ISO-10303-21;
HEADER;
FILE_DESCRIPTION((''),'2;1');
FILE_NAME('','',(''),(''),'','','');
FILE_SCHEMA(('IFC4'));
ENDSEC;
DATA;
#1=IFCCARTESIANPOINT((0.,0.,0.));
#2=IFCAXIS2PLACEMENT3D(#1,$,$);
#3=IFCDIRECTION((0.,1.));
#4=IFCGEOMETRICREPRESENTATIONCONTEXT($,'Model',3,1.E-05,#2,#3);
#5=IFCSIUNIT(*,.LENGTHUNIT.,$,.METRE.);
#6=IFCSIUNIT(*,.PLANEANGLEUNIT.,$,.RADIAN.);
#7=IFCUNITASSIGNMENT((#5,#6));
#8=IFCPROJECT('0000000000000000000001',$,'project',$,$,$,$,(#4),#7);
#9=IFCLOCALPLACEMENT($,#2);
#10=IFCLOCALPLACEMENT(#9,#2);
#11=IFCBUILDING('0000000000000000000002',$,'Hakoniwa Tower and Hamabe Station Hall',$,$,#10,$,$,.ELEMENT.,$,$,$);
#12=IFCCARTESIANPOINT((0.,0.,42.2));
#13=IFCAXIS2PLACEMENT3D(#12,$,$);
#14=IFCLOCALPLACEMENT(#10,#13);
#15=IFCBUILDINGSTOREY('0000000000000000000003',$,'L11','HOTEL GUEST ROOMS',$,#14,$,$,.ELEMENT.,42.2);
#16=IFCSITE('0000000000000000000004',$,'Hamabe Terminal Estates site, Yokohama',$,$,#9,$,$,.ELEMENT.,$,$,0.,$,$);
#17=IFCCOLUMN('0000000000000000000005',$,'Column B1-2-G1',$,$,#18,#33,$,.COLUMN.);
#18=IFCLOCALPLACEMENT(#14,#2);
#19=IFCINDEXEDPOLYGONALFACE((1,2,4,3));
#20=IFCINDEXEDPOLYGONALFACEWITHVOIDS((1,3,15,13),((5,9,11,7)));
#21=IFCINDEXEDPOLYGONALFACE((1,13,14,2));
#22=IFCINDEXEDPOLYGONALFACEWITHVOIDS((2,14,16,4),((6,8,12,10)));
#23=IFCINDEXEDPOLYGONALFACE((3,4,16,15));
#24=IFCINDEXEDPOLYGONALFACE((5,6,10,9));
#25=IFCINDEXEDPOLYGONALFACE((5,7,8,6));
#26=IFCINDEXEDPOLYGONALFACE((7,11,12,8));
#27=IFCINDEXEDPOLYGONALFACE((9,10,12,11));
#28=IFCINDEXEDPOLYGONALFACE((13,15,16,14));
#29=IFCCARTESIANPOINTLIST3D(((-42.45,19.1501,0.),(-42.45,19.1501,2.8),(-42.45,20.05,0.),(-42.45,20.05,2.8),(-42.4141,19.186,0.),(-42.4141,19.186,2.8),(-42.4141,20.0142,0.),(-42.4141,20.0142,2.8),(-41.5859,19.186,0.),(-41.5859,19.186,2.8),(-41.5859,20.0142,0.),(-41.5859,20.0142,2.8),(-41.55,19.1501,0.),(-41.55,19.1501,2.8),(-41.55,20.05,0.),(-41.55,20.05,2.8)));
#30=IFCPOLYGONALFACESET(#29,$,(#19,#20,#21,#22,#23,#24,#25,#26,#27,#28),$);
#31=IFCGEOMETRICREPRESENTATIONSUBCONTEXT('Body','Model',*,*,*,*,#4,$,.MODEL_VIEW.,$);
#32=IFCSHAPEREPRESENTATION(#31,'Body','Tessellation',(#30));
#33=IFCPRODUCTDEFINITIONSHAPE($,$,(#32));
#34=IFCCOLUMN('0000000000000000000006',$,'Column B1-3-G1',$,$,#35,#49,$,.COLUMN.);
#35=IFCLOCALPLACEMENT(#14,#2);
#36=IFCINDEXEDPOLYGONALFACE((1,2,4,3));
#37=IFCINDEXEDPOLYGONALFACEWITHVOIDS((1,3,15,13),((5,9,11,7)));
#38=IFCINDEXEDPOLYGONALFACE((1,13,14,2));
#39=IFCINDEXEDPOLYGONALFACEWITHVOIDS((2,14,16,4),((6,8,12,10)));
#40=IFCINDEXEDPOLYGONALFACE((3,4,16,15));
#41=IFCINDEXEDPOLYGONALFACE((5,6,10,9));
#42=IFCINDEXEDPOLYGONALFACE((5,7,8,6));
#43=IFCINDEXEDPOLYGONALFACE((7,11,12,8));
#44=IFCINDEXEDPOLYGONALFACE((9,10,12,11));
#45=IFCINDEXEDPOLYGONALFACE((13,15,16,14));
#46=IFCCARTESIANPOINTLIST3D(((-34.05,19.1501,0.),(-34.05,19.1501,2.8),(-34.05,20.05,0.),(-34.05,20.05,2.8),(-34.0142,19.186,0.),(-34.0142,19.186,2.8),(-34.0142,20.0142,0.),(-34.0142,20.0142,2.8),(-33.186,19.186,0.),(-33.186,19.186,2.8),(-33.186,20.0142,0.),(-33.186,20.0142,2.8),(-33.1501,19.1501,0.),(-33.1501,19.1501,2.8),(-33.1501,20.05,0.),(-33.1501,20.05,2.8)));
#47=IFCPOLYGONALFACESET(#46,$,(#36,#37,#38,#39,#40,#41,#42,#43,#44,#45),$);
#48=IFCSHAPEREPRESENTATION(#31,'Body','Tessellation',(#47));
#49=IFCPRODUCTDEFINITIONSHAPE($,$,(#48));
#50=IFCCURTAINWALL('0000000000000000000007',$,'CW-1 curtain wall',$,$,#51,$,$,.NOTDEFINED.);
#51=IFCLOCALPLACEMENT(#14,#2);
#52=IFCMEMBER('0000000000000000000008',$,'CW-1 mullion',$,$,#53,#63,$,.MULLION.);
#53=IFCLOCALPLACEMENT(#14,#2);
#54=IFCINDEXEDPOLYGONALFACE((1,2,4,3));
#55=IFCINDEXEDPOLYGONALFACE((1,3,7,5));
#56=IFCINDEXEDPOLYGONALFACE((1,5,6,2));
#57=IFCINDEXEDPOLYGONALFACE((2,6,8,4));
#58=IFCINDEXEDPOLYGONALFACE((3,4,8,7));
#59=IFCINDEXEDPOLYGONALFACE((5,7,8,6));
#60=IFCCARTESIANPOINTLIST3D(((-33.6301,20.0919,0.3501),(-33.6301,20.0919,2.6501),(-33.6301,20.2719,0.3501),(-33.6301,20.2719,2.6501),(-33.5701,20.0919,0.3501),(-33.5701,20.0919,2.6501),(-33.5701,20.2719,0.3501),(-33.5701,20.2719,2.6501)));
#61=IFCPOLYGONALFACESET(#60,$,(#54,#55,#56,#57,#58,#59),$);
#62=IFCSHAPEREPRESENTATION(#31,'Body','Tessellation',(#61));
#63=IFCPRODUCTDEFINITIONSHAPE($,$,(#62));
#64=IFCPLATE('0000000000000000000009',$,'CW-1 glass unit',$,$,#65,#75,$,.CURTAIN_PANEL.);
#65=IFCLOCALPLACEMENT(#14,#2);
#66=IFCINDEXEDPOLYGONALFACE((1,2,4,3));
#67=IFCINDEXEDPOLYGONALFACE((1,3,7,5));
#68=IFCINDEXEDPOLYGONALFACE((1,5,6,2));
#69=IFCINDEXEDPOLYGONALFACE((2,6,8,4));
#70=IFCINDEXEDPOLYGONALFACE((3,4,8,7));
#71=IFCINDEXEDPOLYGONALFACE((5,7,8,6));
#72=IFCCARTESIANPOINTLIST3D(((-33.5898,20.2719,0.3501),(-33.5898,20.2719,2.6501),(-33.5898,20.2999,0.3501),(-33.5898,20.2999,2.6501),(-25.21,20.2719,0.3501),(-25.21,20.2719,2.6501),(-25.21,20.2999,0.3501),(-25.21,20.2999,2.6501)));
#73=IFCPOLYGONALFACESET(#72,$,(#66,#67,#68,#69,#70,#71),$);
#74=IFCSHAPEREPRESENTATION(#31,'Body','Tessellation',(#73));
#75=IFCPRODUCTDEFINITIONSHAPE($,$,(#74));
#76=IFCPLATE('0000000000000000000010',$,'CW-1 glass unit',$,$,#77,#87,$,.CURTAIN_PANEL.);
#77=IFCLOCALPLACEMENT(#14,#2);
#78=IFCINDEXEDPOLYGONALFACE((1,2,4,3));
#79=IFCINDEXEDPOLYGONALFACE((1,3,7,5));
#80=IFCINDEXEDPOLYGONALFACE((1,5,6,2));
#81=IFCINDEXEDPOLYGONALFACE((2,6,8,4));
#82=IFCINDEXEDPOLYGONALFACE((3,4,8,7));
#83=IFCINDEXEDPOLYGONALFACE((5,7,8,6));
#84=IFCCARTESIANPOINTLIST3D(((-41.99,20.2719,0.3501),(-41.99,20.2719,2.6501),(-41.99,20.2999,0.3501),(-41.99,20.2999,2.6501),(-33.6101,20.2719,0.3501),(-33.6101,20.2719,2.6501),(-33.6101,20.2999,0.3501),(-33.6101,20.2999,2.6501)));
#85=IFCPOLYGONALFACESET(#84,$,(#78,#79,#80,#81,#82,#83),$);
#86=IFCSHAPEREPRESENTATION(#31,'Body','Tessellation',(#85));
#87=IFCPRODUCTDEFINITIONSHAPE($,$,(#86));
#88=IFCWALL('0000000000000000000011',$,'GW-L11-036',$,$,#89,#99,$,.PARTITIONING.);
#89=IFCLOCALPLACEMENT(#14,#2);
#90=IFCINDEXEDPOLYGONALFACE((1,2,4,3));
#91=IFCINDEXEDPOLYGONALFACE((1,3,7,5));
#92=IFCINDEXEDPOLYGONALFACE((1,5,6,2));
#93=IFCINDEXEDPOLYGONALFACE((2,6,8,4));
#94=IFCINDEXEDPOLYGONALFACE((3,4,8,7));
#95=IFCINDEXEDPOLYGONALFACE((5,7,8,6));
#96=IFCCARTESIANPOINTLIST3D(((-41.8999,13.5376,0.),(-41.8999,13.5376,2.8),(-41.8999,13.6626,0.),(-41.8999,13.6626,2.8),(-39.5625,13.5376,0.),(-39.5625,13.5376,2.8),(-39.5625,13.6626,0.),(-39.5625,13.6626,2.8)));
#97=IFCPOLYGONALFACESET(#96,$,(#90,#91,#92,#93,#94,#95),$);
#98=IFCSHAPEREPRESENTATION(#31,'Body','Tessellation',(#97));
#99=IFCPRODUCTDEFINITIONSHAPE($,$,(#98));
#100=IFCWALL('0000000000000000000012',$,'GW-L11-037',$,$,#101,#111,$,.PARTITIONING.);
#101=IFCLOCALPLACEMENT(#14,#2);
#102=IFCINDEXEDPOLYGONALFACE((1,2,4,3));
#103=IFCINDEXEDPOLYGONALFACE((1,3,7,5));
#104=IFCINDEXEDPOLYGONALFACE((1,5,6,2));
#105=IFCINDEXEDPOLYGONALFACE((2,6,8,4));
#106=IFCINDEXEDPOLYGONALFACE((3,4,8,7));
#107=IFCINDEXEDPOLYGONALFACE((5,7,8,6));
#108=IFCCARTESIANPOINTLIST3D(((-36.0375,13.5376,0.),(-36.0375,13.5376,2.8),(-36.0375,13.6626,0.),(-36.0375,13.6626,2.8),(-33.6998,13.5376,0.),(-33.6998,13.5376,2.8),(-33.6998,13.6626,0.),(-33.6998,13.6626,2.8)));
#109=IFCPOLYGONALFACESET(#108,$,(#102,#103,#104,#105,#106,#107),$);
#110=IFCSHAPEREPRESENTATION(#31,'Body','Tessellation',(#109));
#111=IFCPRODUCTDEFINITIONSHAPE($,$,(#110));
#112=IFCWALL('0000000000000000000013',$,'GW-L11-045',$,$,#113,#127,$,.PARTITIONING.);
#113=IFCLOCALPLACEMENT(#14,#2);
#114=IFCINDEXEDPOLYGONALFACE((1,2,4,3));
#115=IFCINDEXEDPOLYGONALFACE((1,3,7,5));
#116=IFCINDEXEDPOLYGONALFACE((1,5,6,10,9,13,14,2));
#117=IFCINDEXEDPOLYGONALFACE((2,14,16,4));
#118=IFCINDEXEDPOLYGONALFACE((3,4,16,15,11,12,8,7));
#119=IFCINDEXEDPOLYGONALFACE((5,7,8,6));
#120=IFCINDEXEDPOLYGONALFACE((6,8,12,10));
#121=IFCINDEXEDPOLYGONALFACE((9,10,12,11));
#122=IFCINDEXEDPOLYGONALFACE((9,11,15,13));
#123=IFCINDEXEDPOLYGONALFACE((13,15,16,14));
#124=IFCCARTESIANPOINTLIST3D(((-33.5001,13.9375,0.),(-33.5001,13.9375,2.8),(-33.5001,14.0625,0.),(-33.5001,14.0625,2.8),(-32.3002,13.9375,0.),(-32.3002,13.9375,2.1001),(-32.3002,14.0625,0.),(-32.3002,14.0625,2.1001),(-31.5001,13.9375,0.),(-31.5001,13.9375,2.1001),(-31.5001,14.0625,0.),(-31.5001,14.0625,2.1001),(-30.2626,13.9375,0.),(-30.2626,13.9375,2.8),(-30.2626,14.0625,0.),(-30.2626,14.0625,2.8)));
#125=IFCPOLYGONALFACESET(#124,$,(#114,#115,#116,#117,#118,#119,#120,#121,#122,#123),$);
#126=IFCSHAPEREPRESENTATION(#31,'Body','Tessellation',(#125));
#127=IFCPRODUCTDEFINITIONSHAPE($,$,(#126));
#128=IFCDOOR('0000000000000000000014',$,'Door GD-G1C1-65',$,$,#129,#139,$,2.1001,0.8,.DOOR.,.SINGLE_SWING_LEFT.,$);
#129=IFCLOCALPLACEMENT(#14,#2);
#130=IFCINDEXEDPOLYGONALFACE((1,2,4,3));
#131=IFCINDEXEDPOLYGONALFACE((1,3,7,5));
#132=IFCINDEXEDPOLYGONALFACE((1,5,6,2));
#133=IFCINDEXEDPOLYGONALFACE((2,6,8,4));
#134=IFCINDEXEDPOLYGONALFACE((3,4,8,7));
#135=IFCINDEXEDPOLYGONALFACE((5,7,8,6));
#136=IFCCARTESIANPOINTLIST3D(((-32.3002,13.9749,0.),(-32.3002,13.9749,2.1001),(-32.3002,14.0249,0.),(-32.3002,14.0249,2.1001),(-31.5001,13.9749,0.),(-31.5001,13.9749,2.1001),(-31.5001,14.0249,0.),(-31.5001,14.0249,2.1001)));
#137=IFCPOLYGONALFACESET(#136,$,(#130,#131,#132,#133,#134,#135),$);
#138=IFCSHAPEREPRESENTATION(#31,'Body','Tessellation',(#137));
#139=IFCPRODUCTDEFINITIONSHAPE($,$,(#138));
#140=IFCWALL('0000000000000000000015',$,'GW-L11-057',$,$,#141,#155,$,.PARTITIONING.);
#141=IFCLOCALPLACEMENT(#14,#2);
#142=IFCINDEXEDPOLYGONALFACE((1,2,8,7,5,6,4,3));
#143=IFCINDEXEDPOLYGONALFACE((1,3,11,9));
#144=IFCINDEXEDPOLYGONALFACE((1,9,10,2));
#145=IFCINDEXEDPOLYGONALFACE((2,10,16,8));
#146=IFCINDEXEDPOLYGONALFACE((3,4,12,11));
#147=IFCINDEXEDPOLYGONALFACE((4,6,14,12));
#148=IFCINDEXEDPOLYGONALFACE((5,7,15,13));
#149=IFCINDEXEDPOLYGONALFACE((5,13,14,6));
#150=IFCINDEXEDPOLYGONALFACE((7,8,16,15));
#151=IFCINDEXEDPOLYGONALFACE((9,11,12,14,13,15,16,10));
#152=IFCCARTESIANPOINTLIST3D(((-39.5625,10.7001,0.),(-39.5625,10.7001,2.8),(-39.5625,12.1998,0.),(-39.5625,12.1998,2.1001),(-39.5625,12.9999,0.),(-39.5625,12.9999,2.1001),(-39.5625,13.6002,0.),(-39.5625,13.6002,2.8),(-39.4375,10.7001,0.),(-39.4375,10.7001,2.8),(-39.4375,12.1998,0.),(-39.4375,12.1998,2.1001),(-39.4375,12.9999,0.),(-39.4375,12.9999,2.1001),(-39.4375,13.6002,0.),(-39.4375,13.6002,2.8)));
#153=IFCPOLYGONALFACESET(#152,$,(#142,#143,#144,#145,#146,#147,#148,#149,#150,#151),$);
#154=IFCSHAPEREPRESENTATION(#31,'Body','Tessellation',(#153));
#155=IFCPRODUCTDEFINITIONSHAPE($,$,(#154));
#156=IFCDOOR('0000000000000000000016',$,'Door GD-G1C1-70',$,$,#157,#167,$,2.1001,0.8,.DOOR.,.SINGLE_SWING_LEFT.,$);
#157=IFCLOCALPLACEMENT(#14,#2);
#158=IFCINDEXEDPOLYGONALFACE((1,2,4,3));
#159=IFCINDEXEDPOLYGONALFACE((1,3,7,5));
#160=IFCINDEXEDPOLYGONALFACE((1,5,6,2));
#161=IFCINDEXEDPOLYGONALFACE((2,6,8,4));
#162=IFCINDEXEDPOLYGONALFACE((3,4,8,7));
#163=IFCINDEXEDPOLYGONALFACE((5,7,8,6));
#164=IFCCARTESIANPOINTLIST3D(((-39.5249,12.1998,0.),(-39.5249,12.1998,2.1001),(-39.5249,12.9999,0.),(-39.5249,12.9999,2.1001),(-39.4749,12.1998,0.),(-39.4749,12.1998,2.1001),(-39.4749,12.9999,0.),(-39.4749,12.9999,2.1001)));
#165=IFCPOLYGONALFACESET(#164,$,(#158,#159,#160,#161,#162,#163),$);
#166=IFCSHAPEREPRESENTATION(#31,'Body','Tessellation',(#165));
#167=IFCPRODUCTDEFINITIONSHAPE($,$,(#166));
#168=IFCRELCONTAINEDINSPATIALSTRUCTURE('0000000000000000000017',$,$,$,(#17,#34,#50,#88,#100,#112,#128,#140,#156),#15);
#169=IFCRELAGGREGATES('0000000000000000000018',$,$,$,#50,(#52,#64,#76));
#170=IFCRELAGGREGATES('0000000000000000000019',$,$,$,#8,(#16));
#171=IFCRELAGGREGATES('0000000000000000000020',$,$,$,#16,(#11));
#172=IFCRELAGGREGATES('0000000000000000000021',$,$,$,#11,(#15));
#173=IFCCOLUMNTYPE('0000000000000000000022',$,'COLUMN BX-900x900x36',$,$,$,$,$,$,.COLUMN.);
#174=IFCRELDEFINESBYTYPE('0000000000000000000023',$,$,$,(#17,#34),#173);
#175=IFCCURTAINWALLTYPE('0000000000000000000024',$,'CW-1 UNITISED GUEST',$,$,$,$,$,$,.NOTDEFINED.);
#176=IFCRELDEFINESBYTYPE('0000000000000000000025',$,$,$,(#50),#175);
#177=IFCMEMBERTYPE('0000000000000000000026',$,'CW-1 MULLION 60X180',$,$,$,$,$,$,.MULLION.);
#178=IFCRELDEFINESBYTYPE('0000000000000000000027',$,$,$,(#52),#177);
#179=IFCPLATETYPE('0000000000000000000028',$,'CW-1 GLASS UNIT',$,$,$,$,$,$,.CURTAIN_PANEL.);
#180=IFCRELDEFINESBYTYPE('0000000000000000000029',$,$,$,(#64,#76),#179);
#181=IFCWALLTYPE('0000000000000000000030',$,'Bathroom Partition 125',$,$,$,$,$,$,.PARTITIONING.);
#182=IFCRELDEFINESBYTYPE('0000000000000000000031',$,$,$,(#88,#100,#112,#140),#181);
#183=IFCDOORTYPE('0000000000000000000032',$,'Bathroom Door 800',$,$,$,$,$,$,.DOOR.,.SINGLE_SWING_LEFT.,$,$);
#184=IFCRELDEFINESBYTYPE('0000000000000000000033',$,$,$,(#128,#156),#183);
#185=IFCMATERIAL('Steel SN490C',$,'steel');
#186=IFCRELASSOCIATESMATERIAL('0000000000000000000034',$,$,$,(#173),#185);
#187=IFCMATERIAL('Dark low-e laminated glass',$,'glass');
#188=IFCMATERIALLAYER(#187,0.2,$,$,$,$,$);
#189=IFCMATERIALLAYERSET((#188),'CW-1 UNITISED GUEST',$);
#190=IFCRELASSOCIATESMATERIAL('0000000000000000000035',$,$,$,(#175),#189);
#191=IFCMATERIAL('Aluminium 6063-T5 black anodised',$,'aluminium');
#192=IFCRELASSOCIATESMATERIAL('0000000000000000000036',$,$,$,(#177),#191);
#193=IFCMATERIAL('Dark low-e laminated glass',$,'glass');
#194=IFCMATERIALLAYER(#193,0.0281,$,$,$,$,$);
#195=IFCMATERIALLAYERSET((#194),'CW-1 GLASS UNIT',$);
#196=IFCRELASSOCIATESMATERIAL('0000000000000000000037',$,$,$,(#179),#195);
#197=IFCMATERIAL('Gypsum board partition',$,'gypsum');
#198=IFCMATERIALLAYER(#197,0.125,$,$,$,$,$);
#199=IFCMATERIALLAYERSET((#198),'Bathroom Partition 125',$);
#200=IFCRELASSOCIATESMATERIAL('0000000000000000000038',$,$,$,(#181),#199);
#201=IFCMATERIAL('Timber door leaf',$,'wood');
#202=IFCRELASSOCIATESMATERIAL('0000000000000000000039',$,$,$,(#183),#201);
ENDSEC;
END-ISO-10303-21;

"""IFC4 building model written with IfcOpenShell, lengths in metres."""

from ifc_helpers import new_model, si_unit, direction, frame, frame_2d, origin, origin_2d, place, context, subcontext, project, spatial, rectangle, hollow_rectangle, extrude, material, layer, layer_set, material_profile, profile_set, type_object, element, fill, aggregate, save


model = new_model("IFC4")

# Units and contexts
model_context = context("Model", 3, precision=1e-05, world=origin(), true_north=direction((0.0, 1.0)))
body_context = subcontext(model_context, "Body", "Model", "MODEL_VIEW")
ifc_project = project(units=[si_unit("LENGTHUNIT", "METRE"), si_unit("PLANEANGLEUNIT", "RADIAN")], contexts=[model_context])

# Site, building, storey
site_placement = place(None, origin())
site = spatial("IfcSite", under=ifc_project, at=site_placement, Name="Hamabe Terminal Estates site, Yokohama", CompositionType="ELEMENT", RefElevation=0.0)
building_placement = place(site_placement, origin())
building = spatial("IfcBuilding", under=site, at=building_placement, Name="Hakoniwa Tower and Hamabe Station Hall", CompositionType="ELEMENT")
storey_placement = place(building_placement, frame((0.0, 0.0, 42.2)))
storey = spatial("IfcBuildingStorey", under=building, at=storey_placement, Name="L11", Description="HOTEL GUEST ROOMS", CompositionType="ELEMENT", Elevation=42.2)

# Columns
ifc_material_1 = material(Name="Steel SN490C", Category="steel")
ifc_material_profile_1 = material_profile(ifc_material_1, hollow_rectangle(XDim=0.8999, YDim=0.8999, WallThickness=0.0359, at=origin_2d()), Name="BX-900x900x36")
ifc_profile_set_1 = profile_set([ifc_material_profile_1], Name="Steel SN490C")
column_type = type_object("IfcColumnType", Name="COLUMN BX-900x900x36", PredefinedType="COLUMN", material=ifc_profile_set_1)
for number, where, z_axis, x_axis, name in (
    (1, (-42.0, 19.6001, 0.0), (0.0, 0.0, 1.0), (1.0, 0.0, 0.0), "Column B1-2-G1"),
    (2, (-33.6001, 19.6001, 0.0), (0.0, 0.0, 1.0), (1.0, 0.0, 0.0), "Column B1-3-G1"),
):
    element("IfcColumn", number, at=place(storey_placement, frame(where, z_axis=z_axis, x_axis=x_axis)), inside=storey, type_object=column_type, Name=name, PredefinedType="COLUMN", context=body_context, shape_type="SweptSolid", body=[
        extrude(hollow_rectangle(XDim=0.8999, YDim=0.8999, WallThickness=0.0359, at=origin_2d()), origin(), (0.0, 0.0, 1.0), 2.8),
    ])

# Curtain wall, member, plates
ifc_material_2 = material(Name="Dark low-e laminated glass", Category="glass")
ifc_layer_1 = layer(ifc_material_2, 0.2)
ifc_layer_set_1 = layer_set([ifc_layer_1], Name="CW-1 UNITISED GUEST")
curtain_wall_type = type_object("IfcCurtainWallType", Name="CW-1 UNITISED GUEST", PredefinedType="NOTDEFINED", material=ifc_layer_set_1)
curtain_wall_placement = place(storey_placement, origin())
curtain_wall = element("IfcCurtainWall", 3, at=curtain_wall_placement, inside=storey, type_object=curtain_wall_type, Name="CW-1 curtain wall", PredefinedType="NOTDEFINED")
ifc_material_3 = material(Name="Aluminium 6063-T5 black anodised", Category="aluminium")
ifc_material_profile_2 = material_profile(ifc_material_3, rectangle(XDim=0.0601, YDim=0.1799, at=origin_2d()), Name="CW-1 MULLION 60X180")
ifc_profile_set_2 = profile_set([ifc_material_profile_2], Name="Aluminium 6063-T5 black anodised")
member_type = type_object("IfcMemberType", Name="CW-1 MULLION 60X180", PredefinedType="MULLION", material=ifc_profile_set_2)
member_placement = place(storey_placement, frame((-33.6001, 20.1819, 0.3501), z_axis=(0.0, 0.0, 1.0), x_axis=(-1.0, 0.0, 0.0)))
member = element("IfcMember", 4, at=member_placement, type_object=member_type, Name="CW-1 mullion", PredefinedType="MULLION", context=body_context, shape_type="SweptSolid", body=[
    extrude(rectangle(XDim=0.0601, YDim=0.1799, at=origin_2d()), origin(), (0.0, 0.0, 1.0), 2.3),
])
ifc_material_4 = material(Name="Dark low-e laminated glass", Category="glass")
ifc_layer_2 = layer(ifc_material_4, 0.0281)
ifc_layer_set_2 = layer_set([ifc_layer_2], Name="CW-1 GLASS UNIT")
plate_type = type_object("IfcPlateType", Name="CW-1 GLASS UNIT", PredefinedType="CURTAIN_PANEL", material=ifc_layer_set_2)
plate_1_placement = place(storey_placement, frame((-29.3999, 20.2859, 0.3501), z_axis=(0.0, 0.0, 1.0), x_axis=(-1.0, 0.0, 0.0)))
plate_1 = element("IfcPlate", 5, at=plate_1_placement, type_object=plate_type, Name="CW-1 glass unit", PredefinedType="CURTAIN_PANEL", context=body_context, shape_type="SweptSolid", body=[
    extrude(rectangle(XDim=8.3799, YDim=0.0281, at=origin_2d()), origin(), (0.0, 0.0, 1.0), 2.3),
])
plate_2_placement = place(storey_placement, frame((-37.8, 20.2859, 0.3501), z_axis=(0.0, 0.0, 1.0), x_axis=(-1.0, 0.0, 0.0)))
plate_2 = element("IfcPlate", 6, at=plate_2_placement, type_object=plate_type, Name="CW-1 glass unit", PredefinedType="CURTAIN_PANEL", context=body_context, shape_type="SweptSolid", body=[
    extrude(rectangle(XDim=8.3799, YDim=0.0281, at=origin_2d()), origin(), (0.0, 0.0, 1.0), 2.3),
])
aggregate(curtain_wall, [member, plate_1, plate_2])

# Walls
ifc_material_5 = material(Name="Gypsum board partition", Category="gypsum")
ifc_layer_3 = layer(ifc_material_5, 0.125)
ifc_layer_set_3 = layer_set([ifc_layer_3], Name="Bathroom Partition 125")
wall_type_1 = type_object("IfcWallType", Name="Bathroom Partition 125", PredefinedType="PARTITIONING", material=ifc_layer_set_3)
wall_1_placement = place(storey_placement, frame((-41.8999, 13.6001, 0.0), z_axis=(0.0, 0.0, 1.0), x_axis=(1.0, 0.0, 0.0)))
element("IfcWall", 7, at=wall_1_placement, inside=storey, type_object=wall_type_1, Name="GW-L11-036", PredefinedType="PARTITIONING", context=body_context, shape_type="SweptSolid", body=[
    extrude(rectangle(XDim=2.3374, YDim=0.125, at=frame_2d((1.1687, 0.0))), origin(), (0.0, 0.0, 1.0), 2.8),
])
wall_2_placement = place(storey_placement, frame((-36.0376, 13.6001, 0.0), z_axis=(0.0, 0.0, 1.0), x_axis=(1.0, 0.0, 0.0)))
element("IfcWall", 8, at=wall_2_placement, inside=storey, type_object=wall_type_1, Name="GW-L11-037", PredefinedType="PARTITIONING", context=body_context, shape_type="SweptSolid", body=[
    extrude(rectangle(XDim=2.3376, YDim=0.125, at=frame_2d((1.1689, 0.0))), origin(), (0.0, 0.0, 1.0), 2.8),
])

# Walls, openings, doors
wall_3_placement = place(storey_placement, frame((-33.5, 14.0, 0.0), z_axis=(0.0, 0.0, 1.0), x_axis=(1.0, 0.0, 0.0)))
wall_3 = element("IfcWall", 9, at=wall_3_placement, inside=storey, type_object=wall_type_1, Name="GW-L11-045", PredefinedType="PARTITIONING", context=body_context, shape_type="SweptSolid", body=[
    extrude(rectangle(XDim=3.2375, YDim=0.125, at=frame_2d((1.6187, 0.0))), origin(), (0.0, 0.0, 1.0), 2.8),
])
opening_1_placement = place(wall_3_placement, frame((1.2, 0.0, 0.0)))
opening_1 = element("IfcOpeningElement", 10, at=opening_1_placement, cuts=wall_3, PredefinedType="OPENING", context=body_context, shape_type="SweptSolid", body=[
    extrude(rectangle(XDim=0.8, YDim=2.1001, at=frame_2d((0.3999, 1.05))), frame((0.0, 0.0725, 0.0), z_axis=(0.0, -1.0, 0.0), x_axis=(1.0, 0.0, 0.0)), (0.0, 0.0, 1.0), 0.145),
])
ifc_material_6 = material(Name="Timber door leaf", Category="wood")
door_type_1 = type_object("IfcDoorType", Name="Bathroom Door 800", OperationType="SINGLE_SWING_LEFT", PredefinedType="DOOR", material=ifc_material_6)
door_1_placement = place(opening_1_placement, origin())
door_1 = element("IfcDoor", 11, at=door_1_placement, inside=storey, type_object=door_type_1, Name="Door GD-G1C1-65", OperationType="SINGLE_SWING_LEFT", OverallHeight=2.1001, OverallWidth=0.8, PredefinedType="DOOR", context=body_context, shape_type="SweptSolid", body=[
    extrude(rectangle(XDim=0.8, YDim=2.1001, at=frame_2d((0.3999, 1.05))), frame((0.0, 0.0249, 0.0), z_axis=(0.0, -1.0, 0.0), x_axis=(1.0, 0.0, 0.0)), (0.0, 0.0, 1.0), 0.05),
])
fill(opening_1, door_1)
wall_4_placement = place(storey_placement, frame((-39.5, 10.7, 0.0), z_axis=(0.0, 0.0, 1.0), x_axis=(0.0, 1.0, 0.0)))
wall_4 = element("IfcWall", 12, at=wall_4_placement, inside=storey, type_object=wall_type_1, Name="GW-L11-057", PredefinedType="PARTITIONING", context=body_context, shape_type="SweptSolid", body=[
    extrude(rectangle(XDim=2.9001, YDim=0.125, at=frame_2d((1.4502, 0.0))), origin(), (0.0, 0.0, 1.0), 2.8),
])
opening_2_placement = place(wall_4_placement, frame((1.5, 0.0, 0.0)))
opening_2 = element("IfcOpeningElement", 13, at=opening_2_placement, cuts=wall_4, PredefinedType="OPENING", context=body_context, shape_type="SweptSolid", body=[
    extrude(rectangle(XDim=0.8, YDim=2.1001, at=frame_2d((0.3999, 1.05))), frame((0.0, 0.0725, 0.0), z_axis=(0.0, -1.0, 0.0), x_axis=(1.0, 0.0, 0.0)), (0.0, 0.0, 1.0), 0.145),
])
door_2_placement = place(opening_2_placement, origin())
door_2 = element("IfcDoor", 14, at=door_2_placement, inside=storey, type_object=door_type_1, Name="Door GD-G1C1-70", OperationType="SINGLE_SWING_LEFT", OverallHeight=2.1001, OverallWidth=0.8, PredefinedType="DOOR", context=body_context, shape_type="SweptSolid", body=[
    extrude(rectangle(XDim=0.8, YDim=2.1001, at=frame_2d((0.3999, 1.05))), frame((0.0, 0.0249, 0.0), z_axis=(0.0, -1.0, 0.0), x_axis=(1.0, 0.0, 0.0)), (0.0, 0.0, 1.0), 0.05),
])
fill(opening_2, door_2)

save(model, "model.ifc")
